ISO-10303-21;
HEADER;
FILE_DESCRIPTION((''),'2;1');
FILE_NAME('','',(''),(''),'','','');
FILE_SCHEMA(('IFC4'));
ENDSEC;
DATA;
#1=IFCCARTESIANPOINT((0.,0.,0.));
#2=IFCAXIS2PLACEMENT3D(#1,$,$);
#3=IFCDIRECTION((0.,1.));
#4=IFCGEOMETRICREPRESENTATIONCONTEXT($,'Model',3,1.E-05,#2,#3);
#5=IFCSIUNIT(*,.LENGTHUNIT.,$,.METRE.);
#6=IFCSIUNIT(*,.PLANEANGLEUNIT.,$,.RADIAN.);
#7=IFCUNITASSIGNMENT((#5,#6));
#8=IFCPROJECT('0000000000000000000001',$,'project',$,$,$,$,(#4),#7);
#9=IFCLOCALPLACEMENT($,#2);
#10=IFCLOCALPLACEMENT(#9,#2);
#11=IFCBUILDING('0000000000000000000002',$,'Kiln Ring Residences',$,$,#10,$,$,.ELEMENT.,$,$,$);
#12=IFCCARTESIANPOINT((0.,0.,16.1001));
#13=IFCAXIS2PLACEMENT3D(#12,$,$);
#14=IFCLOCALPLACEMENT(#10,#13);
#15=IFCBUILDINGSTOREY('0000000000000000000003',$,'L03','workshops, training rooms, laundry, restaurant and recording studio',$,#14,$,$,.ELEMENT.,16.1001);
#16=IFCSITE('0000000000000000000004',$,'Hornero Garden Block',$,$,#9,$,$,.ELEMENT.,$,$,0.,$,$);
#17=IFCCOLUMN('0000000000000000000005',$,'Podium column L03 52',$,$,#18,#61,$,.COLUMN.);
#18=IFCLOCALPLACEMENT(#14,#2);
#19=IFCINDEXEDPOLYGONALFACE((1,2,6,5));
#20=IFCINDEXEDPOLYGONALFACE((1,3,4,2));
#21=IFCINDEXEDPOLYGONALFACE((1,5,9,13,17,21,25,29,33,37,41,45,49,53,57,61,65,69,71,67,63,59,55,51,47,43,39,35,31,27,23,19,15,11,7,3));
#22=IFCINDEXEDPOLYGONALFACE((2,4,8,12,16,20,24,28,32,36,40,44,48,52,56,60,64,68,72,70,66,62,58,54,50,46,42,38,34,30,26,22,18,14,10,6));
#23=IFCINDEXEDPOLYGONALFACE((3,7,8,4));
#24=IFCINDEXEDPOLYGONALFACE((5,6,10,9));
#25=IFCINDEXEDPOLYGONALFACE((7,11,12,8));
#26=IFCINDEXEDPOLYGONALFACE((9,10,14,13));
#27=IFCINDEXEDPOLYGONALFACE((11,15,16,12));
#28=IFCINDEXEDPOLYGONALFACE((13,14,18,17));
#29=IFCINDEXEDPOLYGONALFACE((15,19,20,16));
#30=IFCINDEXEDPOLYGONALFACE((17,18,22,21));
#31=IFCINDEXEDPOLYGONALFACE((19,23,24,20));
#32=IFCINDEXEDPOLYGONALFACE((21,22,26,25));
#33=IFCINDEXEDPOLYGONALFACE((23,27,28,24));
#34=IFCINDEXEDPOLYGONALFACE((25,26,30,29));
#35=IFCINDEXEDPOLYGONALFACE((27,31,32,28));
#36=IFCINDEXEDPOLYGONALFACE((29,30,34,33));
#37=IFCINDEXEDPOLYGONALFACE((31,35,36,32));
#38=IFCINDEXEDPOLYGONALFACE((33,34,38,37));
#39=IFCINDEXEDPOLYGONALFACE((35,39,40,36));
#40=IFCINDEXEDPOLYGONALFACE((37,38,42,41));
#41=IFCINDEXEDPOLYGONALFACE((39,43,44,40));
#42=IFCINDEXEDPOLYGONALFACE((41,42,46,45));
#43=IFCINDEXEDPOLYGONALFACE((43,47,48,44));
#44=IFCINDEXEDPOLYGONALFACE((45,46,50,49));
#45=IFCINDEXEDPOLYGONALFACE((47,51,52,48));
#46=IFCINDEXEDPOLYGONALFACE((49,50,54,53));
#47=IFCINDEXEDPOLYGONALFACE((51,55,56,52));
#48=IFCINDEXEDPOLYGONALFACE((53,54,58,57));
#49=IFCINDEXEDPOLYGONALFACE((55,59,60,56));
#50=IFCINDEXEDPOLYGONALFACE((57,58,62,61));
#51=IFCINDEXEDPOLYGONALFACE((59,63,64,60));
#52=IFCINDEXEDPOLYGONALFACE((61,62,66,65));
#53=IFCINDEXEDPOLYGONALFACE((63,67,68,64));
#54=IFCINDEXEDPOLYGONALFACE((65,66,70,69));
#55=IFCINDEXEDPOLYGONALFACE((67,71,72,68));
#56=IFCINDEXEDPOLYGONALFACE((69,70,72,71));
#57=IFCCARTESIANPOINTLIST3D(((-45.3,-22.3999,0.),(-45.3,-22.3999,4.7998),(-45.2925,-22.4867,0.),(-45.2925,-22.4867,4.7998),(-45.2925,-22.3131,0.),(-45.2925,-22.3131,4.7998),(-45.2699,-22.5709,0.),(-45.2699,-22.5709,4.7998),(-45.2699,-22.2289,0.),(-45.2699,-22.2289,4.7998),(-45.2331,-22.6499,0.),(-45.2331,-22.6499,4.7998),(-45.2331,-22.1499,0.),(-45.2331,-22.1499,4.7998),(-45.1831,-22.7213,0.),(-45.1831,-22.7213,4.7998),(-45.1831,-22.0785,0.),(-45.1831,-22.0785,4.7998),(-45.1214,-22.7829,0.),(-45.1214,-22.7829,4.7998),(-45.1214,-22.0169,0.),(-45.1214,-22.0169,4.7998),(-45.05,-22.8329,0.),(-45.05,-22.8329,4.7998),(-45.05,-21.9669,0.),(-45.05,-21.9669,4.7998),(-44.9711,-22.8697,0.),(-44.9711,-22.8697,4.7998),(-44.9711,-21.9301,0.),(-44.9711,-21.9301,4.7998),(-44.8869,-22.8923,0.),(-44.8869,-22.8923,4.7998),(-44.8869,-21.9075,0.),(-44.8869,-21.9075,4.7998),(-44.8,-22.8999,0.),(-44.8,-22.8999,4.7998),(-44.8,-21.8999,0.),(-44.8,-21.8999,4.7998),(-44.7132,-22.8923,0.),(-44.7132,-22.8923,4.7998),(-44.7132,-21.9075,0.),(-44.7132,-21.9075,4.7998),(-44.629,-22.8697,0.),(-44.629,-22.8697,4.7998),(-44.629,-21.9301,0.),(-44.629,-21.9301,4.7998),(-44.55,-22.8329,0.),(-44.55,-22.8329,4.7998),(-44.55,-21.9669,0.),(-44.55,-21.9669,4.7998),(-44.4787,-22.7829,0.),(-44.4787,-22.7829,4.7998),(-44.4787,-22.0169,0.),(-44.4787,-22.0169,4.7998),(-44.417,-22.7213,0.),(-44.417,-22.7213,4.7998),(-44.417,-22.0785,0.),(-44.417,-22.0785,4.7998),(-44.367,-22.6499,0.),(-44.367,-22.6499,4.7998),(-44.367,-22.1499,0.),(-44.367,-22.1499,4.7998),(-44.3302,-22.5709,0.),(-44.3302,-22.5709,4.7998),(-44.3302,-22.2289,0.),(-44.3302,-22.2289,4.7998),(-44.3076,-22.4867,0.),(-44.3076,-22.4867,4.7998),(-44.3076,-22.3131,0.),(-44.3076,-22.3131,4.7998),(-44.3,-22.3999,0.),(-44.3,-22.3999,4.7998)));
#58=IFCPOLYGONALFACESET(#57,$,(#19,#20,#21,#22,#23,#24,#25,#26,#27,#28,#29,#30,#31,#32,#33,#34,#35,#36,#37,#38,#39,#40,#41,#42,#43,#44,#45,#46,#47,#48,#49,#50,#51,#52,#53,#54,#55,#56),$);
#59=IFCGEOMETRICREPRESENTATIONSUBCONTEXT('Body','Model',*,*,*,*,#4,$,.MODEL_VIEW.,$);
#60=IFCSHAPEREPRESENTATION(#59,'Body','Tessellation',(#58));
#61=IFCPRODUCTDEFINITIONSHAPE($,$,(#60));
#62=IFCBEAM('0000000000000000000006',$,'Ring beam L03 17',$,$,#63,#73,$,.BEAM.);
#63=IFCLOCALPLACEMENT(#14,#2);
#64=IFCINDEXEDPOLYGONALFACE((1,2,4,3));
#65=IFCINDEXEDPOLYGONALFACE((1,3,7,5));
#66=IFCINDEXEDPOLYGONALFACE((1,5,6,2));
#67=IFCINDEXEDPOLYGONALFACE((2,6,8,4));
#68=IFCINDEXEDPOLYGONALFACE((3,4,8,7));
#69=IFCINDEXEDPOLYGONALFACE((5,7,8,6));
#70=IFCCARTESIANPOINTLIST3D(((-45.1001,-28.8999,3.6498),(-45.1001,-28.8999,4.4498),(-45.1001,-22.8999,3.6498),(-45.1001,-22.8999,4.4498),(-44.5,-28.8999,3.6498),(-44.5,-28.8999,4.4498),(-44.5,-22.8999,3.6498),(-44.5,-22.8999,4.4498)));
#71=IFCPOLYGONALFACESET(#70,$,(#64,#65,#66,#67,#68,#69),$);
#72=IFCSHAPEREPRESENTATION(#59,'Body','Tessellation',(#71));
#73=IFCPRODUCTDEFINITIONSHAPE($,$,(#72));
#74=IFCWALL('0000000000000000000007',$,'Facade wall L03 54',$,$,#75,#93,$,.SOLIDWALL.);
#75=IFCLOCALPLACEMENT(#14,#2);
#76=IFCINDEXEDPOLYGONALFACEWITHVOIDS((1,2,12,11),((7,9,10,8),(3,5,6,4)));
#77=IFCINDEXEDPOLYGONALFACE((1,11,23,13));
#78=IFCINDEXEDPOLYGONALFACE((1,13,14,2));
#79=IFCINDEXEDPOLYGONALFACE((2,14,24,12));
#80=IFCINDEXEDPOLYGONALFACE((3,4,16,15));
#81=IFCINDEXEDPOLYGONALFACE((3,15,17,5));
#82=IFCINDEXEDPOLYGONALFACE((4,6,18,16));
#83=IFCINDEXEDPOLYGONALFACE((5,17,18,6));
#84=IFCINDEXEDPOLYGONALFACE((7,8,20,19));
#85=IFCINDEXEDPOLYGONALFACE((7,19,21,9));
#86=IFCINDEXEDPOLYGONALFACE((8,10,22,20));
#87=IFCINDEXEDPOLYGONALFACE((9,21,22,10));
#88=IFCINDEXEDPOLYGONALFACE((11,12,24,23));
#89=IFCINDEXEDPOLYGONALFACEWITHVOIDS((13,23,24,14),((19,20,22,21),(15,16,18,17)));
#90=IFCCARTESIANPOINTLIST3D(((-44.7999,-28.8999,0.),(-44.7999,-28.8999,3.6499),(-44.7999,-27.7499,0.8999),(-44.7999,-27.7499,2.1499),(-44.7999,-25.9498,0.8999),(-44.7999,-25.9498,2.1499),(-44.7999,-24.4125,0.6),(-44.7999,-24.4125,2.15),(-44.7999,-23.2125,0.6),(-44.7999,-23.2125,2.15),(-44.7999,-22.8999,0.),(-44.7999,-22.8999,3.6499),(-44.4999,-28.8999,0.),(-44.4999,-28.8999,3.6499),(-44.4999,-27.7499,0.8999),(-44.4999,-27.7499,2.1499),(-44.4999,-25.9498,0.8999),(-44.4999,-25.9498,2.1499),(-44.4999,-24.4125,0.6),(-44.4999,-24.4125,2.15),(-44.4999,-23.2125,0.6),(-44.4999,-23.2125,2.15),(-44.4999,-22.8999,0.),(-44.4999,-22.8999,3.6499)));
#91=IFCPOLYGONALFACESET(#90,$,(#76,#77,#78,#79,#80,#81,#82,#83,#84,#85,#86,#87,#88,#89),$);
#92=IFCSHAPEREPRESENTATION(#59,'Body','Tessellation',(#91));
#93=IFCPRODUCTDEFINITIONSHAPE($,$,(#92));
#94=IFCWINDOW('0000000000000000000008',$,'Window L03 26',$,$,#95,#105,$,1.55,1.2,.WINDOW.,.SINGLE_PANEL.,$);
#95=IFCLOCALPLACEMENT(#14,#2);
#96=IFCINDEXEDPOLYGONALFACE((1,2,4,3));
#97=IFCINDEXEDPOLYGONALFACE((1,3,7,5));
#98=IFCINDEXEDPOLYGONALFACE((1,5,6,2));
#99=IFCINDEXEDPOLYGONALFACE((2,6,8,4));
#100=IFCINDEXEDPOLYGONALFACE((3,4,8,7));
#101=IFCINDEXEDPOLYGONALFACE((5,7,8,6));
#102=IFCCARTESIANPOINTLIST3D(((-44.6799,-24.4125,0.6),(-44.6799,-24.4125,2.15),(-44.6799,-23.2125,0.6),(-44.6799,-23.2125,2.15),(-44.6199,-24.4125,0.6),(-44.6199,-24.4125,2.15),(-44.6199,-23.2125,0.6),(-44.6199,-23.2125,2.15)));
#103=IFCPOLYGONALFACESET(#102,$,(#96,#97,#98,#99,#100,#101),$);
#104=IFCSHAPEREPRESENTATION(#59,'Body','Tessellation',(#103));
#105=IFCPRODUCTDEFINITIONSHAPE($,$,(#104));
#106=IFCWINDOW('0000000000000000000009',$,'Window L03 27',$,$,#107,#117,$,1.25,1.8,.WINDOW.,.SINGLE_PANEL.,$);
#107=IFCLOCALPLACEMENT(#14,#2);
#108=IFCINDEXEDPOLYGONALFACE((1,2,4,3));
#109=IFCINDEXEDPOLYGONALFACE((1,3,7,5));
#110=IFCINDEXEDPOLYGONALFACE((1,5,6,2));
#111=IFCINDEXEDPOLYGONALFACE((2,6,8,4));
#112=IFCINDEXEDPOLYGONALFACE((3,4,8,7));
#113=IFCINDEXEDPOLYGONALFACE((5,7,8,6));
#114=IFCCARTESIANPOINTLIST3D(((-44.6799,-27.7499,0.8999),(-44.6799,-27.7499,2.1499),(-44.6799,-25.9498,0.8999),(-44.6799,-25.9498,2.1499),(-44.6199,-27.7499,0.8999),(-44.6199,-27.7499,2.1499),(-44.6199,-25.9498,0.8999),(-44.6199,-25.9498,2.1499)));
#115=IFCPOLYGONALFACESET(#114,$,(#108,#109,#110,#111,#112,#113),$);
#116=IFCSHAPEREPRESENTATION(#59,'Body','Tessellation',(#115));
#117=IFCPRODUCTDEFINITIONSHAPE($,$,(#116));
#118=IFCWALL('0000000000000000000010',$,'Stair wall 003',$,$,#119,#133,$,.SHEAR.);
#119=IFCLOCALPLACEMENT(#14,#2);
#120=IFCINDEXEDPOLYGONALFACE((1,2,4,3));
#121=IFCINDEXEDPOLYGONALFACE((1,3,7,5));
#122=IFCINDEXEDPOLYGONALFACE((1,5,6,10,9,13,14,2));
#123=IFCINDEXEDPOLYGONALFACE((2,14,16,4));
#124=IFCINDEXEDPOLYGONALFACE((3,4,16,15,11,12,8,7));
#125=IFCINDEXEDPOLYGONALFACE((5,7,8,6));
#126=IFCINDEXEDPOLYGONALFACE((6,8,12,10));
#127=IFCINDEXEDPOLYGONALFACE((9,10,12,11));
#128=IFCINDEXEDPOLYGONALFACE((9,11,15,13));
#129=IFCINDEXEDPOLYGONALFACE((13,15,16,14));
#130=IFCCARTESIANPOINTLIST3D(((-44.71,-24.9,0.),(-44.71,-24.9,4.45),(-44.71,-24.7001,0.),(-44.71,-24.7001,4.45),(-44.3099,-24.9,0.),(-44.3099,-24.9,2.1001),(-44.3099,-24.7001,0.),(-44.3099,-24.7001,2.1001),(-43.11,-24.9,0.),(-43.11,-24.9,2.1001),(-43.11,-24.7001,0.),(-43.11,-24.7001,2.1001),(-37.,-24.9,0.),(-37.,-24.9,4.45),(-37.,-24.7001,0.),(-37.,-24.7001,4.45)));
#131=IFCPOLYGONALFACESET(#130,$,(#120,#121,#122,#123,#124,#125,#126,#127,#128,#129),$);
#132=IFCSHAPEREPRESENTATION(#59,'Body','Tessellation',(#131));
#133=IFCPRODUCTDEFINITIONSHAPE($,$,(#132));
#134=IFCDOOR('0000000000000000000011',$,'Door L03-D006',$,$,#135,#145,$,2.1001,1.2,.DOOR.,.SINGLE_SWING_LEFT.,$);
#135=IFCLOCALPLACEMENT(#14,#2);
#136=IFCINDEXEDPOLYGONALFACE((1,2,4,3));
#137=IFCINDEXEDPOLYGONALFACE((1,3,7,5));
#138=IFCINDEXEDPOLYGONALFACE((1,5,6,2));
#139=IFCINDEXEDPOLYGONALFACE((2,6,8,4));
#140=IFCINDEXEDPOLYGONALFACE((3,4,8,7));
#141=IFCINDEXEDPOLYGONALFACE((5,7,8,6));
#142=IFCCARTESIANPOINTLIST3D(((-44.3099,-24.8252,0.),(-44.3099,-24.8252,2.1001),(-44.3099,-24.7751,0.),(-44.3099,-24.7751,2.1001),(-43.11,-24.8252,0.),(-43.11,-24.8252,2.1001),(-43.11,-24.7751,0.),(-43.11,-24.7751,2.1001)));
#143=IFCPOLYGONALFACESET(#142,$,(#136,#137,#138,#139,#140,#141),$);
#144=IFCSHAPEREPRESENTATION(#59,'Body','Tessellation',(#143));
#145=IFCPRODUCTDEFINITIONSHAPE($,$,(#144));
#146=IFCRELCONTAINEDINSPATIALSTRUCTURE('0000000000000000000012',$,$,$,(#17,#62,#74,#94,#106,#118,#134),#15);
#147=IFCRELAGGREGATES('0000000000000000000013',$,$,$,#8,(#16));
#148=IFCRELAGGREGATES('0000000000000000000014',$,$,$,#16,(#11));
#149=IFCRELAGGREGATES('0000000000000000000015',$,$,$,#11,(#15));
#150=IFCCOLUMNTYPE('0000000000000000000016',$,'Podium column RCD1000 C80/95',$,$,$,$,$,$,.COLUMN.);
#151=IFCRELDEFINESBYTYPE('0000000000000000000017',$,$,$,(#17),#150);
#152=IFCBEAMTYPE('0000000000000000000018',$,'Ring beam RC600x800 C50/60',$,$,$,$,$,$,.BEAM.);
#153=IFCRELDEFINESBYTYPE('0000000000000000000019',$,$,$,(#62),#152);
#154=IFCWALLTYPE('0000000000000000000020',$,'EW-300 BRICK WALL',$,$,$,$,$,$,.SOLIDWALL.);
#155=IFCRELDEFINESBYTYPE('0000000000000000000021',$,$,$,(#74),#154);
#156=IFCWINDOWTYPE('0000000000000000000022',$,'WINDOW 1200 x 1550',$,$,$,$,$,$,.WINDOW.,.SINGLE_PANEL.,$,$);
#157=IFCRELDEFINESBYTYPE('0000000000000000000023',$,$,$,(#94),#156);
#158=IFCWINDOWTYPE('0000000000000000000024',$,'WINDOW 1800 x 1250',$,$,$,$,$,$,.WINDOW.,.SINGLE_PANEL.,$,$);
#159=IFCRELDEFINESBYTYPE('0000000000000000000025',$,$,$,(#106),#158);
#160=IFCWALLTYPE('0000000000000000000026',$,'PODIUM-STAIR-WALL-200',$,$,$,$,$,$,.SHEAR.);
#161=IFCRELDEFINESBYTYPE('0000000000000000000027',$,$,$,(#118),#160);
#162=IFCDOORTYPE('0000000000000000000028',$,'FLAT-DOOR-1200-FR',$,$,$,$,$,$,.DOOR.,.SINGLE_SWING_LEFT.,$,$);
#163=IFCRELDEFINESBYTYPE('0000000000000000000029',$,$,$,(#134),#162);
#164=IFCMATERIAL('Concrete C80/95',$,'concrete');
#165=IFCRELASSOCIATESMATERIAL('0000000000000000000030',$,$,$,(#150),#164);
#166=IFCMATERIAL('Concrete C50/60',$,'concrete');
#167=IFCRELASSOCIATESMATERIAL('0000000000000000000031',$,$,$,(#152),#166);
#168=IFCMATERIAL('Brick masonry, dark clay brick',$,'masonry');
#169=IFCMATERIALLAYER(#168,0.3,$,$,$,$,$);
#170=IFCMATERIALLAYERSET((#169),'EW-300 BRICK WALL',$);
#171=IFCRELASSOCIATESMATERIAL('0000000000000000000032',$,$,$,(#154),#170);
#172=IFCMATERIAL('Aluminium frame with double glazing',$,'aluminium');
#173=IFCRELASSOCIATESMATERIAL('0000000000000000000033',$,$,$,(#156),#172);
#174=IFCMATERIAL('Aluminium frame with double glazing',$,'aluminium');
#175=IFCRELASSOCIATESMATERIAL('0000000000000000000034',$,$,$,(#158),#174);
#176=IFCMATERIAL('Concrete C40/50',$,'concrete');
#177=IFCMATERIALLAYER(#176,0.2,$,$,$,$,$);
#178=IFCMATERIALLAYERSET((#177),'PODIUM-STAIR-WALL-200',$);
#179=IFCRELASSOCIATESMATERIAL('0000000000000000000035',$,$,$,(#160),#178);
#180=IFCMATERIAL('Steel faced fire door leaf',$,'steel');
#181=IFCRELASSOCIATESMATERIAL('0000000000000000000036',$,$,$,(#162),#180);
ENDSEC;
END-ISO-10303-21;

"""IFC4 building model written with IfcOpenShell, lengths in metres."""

from ifc_helpers import new_model, si_unit, direction, frame, frame_2d, origin, origin_2d, place, context, subcontext, project, spatial, rectangle, circle, extrude, material, layer, layer_set, material_profile, profile_set, type_object, element, fill, save


model = new_model("IFC4")

# Units and contexts
model_context = context("Model", 3, precision=1e-05, world=origin(), true_north=direction((0.0, 1.0)))
body_context = subcontext(model_context, "Body", "Model", "MODEL_VIEW")
ifc_project = project(units=[si_unit("LENGTHUNIT", "METRE"), si_unit("PLANEANGLEUNIT", "RADIAN")], contexts=[model_context])

# Site, building, storey
site_placement = place(None, origin())
site = spatial("IfcSite", under=ifc_project, at=site_placement, Name="Hornero Garden Block", CompositionType="ELEMENT", RefElevation=0.0)
building_placement = place(site_placement, origin())
building = spatial("IfcBuilding", under=site, at=building_placement, Name="Kiln Ring Residences", CompositionType="ELEMENT")
storey_placement = place(building_placement, frame((0.0, 0.0, 16.1001)))
storey = spatial("IfcBuildingStorey", under=building, at=storey_placement, Name="L03", Description="workshops, training rooms, laundry, restaurant and recording studio", CompositionType="ELEMENT", Elevation=16.1001)

# Column
ifc_material_1 = material(Name="Concrete C80/95", Category="concrete")
ifc_material_profile_1 = material_profile(ifc_material_1, circle(Radius=0.5, at=origin_2d()), Name="RCD1000")
ifc_profile_set_1 = profile_set([ifc_material_profile_1], Name="Concrete C80/95")
column_type = type_object("IfcColumnType", Name="Podium column RCD1000 C80/95", PredefinedType="COLUMN", material=ifc_profile_set_1)
column_placement = place(storey_placement, frame((-44.8, -22.3999, 0.0), z_axis=(0.0, 0.0, 1.0), x_axis=(1.0, 0.0, 0.0)))
element("IfcColumn", 1, at=column_placement, inside=storey, type_object=column_type, Name="Podium column L03 52", PredefinedType="COLUMN", context=body_context, shape_type="SweptSolid", body=[
    extrude(circle(Radius=0.5, at=origin_2d()), origin(), (0.0, 0.0, 1.0), 4.7998),
])

# Beam
ifc_material_2 = material(Name="Concrete C50/60", Category="concrete")
ifc_material_profile_2 = material_profile(ifc_material_2, rectangle(XDim=0.6001, YDim=0.8, at=origin_2d()), Name="RC600x800")
ifc_profile_set_2 = profile_set([ifc_material_profile_2], Name="Concrete C50/60")
beam_type = type_object("IfcBeamType", Name="Ring beam RC600x800 C50/60", PredefinedType="BEAM", material=ifc_profile_set_2)
beam_placement = place(storey_placement, frame((-44.8, -22.8999, 4.0498), z_axis=(0.0, -1.0, 0.0), x_axis=(1.0, 0.0, 0.0)))
element("IfcBeam", 2, at=beam_placement, inside=storey, type_object=beam_type, Name="Ring beam L03 17", PredefinedType="BEAM", context=body_context, shape_type="SweptSolid", body=[
    extrude(rectangle(XDim=0.6001, YDim=0.8, at=origin_2d()), origin(), (0.0, 0.0, 1.0), 6.0),
])

# Wall, openings, windows
ifc_material_3 = material(Name="Brick masonry, dark clay brick", Category="masonry")
ifc_layer_1 = layer(ifc_material_3, 0.3)
ifc_layer_set_1 = layer_set([ifc_layer_1], Name="EW-300 BRICK WALL")
wall_type_1 = type_object("IfcWallType", Name="EW-300 BRICK WALL", PredefinedType="SOLIDWALL", material=ifc_layer_set_1)
wall_1_placement = place(storey_placement, frame((-44.6499, -22.8999, 0.0), z_axis=(0.0, 0.0, 1.0), x_axis=(0.0, -1.0, 0.0)))
wall_1 = element("IfcWall", 3, at=wall_1_placement, inside=storey, type_object=wall_type_1, Name="Facade wall L03 54", PredefinedType="SOLIDWALL", context=body_context, shape_type="SweptSolid", body=[
    extrude(rectangle(XDim=6.0, YDim=0.3, at=frame_2d((3.0, 0.0))), origin(), (0.0, 0.0, 1.0), 3.6499),
])
opening_1_placement = place(wall_1_placement, frame((0.3125, 0.0, 0.6001)))
opening_1 = element("IfcOpeningElement", 4, at=opening_1_placement, cuts=wall_1, PredefinedType="OPENING", context=body_context, shape_type="SweptSolid", body=[
    extrude(rectangle(XDim=1.2, YDim=1.55, at=frame_2d((0.6001, 0.7749))), frame((0.0, 0.1599, 0.0), z_axis=(0.0, -1.0, 0.0), x_axis=(1.0, 0.0, 0.0)), (0.0, 0.0, 1.0), 0.3201),
])
opening_2_placement = place(wall_1_placement, frame((3.05, 0.0, 0.8999)))
opening_2 = element("IfcOpeningElement", 5, at=opening_2_placement, cuts=wall_1, PredefinedType="OPENING", context=body_context, shape_type="SweptSolid", body=[
    extrude(rectangle(XDim=1.8, YDim=1.25, at=frame_2d((0.8999, 0.625))), frame((0.0, 0.1599, 0.0), z_axis=(0.0, -1.0, 0.0), x_axis=(1.0, 0.0, 0.0)), (0.0, 0.0, 1.0), 0.3201),
])
ifc_material_4 = material(Name="Aluminium frame with double glazing", Category="aluminium")
window_type_1 = type_object("IfcWindowType", Name="WINDOW 1200 x 1550", PartitioningType="SINGLE_PANEL", PredefinedType="WINDOW", material=ifc_material_4)
window_1_placement = place(opening_1_placement, origin())
window_1 = element("IfcWindow", 6, at=window_1_placement, inside=storey, type_object=window_type_1, Name="Window L03 26", OverallHeight=1.55, OverallWidth=1.2, PartitioningType="SINGLE_PANEL", PredefinedType="WINDOW", context=body_context, shape_type="SweptSolid", body=[
    extrude(rectangle(XDim=1.2, YDim=1.55, at=frame_2d((0.6001, 0.7749))), frame((0.0, 0.03, 0.0), z_axis=(0.0, -1.0, 0.0), x_axis=(1.0, 0.0, 0.0)), (0.0, 0.0, 1.0), 0.0601),
])
fill(opening_1, window_1)
ifc_material_5 = material(Name="Aluminium frame with double glazing", Category="aluminium")
window_type_2 = type_object("IfcWindowType", Name="WINDOW 1800 x 1250", PartitioningType="SINGLE_PANEL", PredefinedType="WINDOW", material=ifc_material_5)
window_2_placement = place(opening_2_placement, origin())
window_2 = element("IfcWindow", 7, at=window_2_placement, inside=storey, type_object=window_type_2, Name="Window L03 27", OverallHeight=1.25, OverallWidth=1.8, PartitioningType="SINGLE_PANEL", PredefinedType="WINDOW", context=body_context, shape_type="SweptSolid", body=[
    extrude(rectangle(XDim=1.8, YDim=1.25, at=frame_2d((0.8999, 0.625))), frame((0.0, 0.03, 0.0), z_axis=(0.0, -1.0, 0.0), x_axis=(1.0, 0.0, 0.0)), (0.0, 0.0, 1.0), 0.0601),
])
fill(opening_2, window_2)

# Wall, opening, door
ifc_material_6 = material(Name="Concrete C40/50", Category="concrete")
ifc_layer_2 = layer(ifc_material_6, 0.2)
ifc_layer_set_2 = layer_set([ifc_layer_2], Name="PODIUM-STAIR-WALL-200")
wall_type_2 = type_object("IfcWallType", Name="PODIUM-STAIR-WALL-200", PredefinedType="SHEAR", material=ifc_layer_set_2)
wall_2_placement = place(storey_placement, frame((-44.71, -24.8, 0.0), z_axis=(0.0, 0.0, 1.0), x_axis=(1.0, 0.0, 0.0)))
wall_2 = element("IfcWall", 8, at=wall_2_placement, inside=storey, type_object=wall_type_2, Name="Stair wall 003", PredefinedType="SHEAR", context=body_context, shape_type="SweptSolid", body=[
    extrude(rectangle(XDim=7.71, YDim=0.2, at=frame_2d((3.855, 0.0))), origin(), (0.0, 0.0, 1.0), 4.45),
])
opening_3_placement = place(wall_2_placement, frame((0.3999, 0.0, 0.0)))
opening_3 = element("IfcOpeningElement", 9, at=opening_3_placement, cuts=wall_2, PredefinedType="OPENING", context=body_context, shape_type="SweptSolid", body=[
    extrude(rectangle(XDim=1.2, YDim=2.1001, at=frame_2d((0.6001, 1.05))), frame((0.0, 0.1099, 0.0), z_axis=(0.0, -1.0, 0.0), x_axis=(1.0, 0.0, 0.0)), (0.0, 0.0, 1.0), 0.22),
])
ifc_material_7 = material(Name="Steel faced fire door leaf", Category="steel")
door_type = type_object("IfcDoorType", Name="FLAT-DOOR-1200-FR", OperationType="SINGLE_SWING_LEFT", PredefinedType="DOOR", material=ifc_material_7)
door_placement = place(opening_3_placement, origin())
door = element("IfcDoor", 10, at=door_placement, inside=storey, type_object=door_type, Name="Door L03-D006", OperationType="SINGLE_SWING_LEFT", OverallHeight=2.1001, OverallWidth=1.2, PredefinedType="DOOR", context=body_context, shape_type="SweptSolid", body=[
    extrude(rectangle(XDim=1.2, YDim=2.1001, at=frame_2d((0.6001, 1.05))), frame((0.0, 0.0249, 0.0), z_axis=(0.0, -1.0, 0.0), x_axis=(1.0, 0.0, 0.0)), (0.0, 0.0, 1.0), 0.05),
])
fill(opening_3, door)

save(model, "model.ifc")
